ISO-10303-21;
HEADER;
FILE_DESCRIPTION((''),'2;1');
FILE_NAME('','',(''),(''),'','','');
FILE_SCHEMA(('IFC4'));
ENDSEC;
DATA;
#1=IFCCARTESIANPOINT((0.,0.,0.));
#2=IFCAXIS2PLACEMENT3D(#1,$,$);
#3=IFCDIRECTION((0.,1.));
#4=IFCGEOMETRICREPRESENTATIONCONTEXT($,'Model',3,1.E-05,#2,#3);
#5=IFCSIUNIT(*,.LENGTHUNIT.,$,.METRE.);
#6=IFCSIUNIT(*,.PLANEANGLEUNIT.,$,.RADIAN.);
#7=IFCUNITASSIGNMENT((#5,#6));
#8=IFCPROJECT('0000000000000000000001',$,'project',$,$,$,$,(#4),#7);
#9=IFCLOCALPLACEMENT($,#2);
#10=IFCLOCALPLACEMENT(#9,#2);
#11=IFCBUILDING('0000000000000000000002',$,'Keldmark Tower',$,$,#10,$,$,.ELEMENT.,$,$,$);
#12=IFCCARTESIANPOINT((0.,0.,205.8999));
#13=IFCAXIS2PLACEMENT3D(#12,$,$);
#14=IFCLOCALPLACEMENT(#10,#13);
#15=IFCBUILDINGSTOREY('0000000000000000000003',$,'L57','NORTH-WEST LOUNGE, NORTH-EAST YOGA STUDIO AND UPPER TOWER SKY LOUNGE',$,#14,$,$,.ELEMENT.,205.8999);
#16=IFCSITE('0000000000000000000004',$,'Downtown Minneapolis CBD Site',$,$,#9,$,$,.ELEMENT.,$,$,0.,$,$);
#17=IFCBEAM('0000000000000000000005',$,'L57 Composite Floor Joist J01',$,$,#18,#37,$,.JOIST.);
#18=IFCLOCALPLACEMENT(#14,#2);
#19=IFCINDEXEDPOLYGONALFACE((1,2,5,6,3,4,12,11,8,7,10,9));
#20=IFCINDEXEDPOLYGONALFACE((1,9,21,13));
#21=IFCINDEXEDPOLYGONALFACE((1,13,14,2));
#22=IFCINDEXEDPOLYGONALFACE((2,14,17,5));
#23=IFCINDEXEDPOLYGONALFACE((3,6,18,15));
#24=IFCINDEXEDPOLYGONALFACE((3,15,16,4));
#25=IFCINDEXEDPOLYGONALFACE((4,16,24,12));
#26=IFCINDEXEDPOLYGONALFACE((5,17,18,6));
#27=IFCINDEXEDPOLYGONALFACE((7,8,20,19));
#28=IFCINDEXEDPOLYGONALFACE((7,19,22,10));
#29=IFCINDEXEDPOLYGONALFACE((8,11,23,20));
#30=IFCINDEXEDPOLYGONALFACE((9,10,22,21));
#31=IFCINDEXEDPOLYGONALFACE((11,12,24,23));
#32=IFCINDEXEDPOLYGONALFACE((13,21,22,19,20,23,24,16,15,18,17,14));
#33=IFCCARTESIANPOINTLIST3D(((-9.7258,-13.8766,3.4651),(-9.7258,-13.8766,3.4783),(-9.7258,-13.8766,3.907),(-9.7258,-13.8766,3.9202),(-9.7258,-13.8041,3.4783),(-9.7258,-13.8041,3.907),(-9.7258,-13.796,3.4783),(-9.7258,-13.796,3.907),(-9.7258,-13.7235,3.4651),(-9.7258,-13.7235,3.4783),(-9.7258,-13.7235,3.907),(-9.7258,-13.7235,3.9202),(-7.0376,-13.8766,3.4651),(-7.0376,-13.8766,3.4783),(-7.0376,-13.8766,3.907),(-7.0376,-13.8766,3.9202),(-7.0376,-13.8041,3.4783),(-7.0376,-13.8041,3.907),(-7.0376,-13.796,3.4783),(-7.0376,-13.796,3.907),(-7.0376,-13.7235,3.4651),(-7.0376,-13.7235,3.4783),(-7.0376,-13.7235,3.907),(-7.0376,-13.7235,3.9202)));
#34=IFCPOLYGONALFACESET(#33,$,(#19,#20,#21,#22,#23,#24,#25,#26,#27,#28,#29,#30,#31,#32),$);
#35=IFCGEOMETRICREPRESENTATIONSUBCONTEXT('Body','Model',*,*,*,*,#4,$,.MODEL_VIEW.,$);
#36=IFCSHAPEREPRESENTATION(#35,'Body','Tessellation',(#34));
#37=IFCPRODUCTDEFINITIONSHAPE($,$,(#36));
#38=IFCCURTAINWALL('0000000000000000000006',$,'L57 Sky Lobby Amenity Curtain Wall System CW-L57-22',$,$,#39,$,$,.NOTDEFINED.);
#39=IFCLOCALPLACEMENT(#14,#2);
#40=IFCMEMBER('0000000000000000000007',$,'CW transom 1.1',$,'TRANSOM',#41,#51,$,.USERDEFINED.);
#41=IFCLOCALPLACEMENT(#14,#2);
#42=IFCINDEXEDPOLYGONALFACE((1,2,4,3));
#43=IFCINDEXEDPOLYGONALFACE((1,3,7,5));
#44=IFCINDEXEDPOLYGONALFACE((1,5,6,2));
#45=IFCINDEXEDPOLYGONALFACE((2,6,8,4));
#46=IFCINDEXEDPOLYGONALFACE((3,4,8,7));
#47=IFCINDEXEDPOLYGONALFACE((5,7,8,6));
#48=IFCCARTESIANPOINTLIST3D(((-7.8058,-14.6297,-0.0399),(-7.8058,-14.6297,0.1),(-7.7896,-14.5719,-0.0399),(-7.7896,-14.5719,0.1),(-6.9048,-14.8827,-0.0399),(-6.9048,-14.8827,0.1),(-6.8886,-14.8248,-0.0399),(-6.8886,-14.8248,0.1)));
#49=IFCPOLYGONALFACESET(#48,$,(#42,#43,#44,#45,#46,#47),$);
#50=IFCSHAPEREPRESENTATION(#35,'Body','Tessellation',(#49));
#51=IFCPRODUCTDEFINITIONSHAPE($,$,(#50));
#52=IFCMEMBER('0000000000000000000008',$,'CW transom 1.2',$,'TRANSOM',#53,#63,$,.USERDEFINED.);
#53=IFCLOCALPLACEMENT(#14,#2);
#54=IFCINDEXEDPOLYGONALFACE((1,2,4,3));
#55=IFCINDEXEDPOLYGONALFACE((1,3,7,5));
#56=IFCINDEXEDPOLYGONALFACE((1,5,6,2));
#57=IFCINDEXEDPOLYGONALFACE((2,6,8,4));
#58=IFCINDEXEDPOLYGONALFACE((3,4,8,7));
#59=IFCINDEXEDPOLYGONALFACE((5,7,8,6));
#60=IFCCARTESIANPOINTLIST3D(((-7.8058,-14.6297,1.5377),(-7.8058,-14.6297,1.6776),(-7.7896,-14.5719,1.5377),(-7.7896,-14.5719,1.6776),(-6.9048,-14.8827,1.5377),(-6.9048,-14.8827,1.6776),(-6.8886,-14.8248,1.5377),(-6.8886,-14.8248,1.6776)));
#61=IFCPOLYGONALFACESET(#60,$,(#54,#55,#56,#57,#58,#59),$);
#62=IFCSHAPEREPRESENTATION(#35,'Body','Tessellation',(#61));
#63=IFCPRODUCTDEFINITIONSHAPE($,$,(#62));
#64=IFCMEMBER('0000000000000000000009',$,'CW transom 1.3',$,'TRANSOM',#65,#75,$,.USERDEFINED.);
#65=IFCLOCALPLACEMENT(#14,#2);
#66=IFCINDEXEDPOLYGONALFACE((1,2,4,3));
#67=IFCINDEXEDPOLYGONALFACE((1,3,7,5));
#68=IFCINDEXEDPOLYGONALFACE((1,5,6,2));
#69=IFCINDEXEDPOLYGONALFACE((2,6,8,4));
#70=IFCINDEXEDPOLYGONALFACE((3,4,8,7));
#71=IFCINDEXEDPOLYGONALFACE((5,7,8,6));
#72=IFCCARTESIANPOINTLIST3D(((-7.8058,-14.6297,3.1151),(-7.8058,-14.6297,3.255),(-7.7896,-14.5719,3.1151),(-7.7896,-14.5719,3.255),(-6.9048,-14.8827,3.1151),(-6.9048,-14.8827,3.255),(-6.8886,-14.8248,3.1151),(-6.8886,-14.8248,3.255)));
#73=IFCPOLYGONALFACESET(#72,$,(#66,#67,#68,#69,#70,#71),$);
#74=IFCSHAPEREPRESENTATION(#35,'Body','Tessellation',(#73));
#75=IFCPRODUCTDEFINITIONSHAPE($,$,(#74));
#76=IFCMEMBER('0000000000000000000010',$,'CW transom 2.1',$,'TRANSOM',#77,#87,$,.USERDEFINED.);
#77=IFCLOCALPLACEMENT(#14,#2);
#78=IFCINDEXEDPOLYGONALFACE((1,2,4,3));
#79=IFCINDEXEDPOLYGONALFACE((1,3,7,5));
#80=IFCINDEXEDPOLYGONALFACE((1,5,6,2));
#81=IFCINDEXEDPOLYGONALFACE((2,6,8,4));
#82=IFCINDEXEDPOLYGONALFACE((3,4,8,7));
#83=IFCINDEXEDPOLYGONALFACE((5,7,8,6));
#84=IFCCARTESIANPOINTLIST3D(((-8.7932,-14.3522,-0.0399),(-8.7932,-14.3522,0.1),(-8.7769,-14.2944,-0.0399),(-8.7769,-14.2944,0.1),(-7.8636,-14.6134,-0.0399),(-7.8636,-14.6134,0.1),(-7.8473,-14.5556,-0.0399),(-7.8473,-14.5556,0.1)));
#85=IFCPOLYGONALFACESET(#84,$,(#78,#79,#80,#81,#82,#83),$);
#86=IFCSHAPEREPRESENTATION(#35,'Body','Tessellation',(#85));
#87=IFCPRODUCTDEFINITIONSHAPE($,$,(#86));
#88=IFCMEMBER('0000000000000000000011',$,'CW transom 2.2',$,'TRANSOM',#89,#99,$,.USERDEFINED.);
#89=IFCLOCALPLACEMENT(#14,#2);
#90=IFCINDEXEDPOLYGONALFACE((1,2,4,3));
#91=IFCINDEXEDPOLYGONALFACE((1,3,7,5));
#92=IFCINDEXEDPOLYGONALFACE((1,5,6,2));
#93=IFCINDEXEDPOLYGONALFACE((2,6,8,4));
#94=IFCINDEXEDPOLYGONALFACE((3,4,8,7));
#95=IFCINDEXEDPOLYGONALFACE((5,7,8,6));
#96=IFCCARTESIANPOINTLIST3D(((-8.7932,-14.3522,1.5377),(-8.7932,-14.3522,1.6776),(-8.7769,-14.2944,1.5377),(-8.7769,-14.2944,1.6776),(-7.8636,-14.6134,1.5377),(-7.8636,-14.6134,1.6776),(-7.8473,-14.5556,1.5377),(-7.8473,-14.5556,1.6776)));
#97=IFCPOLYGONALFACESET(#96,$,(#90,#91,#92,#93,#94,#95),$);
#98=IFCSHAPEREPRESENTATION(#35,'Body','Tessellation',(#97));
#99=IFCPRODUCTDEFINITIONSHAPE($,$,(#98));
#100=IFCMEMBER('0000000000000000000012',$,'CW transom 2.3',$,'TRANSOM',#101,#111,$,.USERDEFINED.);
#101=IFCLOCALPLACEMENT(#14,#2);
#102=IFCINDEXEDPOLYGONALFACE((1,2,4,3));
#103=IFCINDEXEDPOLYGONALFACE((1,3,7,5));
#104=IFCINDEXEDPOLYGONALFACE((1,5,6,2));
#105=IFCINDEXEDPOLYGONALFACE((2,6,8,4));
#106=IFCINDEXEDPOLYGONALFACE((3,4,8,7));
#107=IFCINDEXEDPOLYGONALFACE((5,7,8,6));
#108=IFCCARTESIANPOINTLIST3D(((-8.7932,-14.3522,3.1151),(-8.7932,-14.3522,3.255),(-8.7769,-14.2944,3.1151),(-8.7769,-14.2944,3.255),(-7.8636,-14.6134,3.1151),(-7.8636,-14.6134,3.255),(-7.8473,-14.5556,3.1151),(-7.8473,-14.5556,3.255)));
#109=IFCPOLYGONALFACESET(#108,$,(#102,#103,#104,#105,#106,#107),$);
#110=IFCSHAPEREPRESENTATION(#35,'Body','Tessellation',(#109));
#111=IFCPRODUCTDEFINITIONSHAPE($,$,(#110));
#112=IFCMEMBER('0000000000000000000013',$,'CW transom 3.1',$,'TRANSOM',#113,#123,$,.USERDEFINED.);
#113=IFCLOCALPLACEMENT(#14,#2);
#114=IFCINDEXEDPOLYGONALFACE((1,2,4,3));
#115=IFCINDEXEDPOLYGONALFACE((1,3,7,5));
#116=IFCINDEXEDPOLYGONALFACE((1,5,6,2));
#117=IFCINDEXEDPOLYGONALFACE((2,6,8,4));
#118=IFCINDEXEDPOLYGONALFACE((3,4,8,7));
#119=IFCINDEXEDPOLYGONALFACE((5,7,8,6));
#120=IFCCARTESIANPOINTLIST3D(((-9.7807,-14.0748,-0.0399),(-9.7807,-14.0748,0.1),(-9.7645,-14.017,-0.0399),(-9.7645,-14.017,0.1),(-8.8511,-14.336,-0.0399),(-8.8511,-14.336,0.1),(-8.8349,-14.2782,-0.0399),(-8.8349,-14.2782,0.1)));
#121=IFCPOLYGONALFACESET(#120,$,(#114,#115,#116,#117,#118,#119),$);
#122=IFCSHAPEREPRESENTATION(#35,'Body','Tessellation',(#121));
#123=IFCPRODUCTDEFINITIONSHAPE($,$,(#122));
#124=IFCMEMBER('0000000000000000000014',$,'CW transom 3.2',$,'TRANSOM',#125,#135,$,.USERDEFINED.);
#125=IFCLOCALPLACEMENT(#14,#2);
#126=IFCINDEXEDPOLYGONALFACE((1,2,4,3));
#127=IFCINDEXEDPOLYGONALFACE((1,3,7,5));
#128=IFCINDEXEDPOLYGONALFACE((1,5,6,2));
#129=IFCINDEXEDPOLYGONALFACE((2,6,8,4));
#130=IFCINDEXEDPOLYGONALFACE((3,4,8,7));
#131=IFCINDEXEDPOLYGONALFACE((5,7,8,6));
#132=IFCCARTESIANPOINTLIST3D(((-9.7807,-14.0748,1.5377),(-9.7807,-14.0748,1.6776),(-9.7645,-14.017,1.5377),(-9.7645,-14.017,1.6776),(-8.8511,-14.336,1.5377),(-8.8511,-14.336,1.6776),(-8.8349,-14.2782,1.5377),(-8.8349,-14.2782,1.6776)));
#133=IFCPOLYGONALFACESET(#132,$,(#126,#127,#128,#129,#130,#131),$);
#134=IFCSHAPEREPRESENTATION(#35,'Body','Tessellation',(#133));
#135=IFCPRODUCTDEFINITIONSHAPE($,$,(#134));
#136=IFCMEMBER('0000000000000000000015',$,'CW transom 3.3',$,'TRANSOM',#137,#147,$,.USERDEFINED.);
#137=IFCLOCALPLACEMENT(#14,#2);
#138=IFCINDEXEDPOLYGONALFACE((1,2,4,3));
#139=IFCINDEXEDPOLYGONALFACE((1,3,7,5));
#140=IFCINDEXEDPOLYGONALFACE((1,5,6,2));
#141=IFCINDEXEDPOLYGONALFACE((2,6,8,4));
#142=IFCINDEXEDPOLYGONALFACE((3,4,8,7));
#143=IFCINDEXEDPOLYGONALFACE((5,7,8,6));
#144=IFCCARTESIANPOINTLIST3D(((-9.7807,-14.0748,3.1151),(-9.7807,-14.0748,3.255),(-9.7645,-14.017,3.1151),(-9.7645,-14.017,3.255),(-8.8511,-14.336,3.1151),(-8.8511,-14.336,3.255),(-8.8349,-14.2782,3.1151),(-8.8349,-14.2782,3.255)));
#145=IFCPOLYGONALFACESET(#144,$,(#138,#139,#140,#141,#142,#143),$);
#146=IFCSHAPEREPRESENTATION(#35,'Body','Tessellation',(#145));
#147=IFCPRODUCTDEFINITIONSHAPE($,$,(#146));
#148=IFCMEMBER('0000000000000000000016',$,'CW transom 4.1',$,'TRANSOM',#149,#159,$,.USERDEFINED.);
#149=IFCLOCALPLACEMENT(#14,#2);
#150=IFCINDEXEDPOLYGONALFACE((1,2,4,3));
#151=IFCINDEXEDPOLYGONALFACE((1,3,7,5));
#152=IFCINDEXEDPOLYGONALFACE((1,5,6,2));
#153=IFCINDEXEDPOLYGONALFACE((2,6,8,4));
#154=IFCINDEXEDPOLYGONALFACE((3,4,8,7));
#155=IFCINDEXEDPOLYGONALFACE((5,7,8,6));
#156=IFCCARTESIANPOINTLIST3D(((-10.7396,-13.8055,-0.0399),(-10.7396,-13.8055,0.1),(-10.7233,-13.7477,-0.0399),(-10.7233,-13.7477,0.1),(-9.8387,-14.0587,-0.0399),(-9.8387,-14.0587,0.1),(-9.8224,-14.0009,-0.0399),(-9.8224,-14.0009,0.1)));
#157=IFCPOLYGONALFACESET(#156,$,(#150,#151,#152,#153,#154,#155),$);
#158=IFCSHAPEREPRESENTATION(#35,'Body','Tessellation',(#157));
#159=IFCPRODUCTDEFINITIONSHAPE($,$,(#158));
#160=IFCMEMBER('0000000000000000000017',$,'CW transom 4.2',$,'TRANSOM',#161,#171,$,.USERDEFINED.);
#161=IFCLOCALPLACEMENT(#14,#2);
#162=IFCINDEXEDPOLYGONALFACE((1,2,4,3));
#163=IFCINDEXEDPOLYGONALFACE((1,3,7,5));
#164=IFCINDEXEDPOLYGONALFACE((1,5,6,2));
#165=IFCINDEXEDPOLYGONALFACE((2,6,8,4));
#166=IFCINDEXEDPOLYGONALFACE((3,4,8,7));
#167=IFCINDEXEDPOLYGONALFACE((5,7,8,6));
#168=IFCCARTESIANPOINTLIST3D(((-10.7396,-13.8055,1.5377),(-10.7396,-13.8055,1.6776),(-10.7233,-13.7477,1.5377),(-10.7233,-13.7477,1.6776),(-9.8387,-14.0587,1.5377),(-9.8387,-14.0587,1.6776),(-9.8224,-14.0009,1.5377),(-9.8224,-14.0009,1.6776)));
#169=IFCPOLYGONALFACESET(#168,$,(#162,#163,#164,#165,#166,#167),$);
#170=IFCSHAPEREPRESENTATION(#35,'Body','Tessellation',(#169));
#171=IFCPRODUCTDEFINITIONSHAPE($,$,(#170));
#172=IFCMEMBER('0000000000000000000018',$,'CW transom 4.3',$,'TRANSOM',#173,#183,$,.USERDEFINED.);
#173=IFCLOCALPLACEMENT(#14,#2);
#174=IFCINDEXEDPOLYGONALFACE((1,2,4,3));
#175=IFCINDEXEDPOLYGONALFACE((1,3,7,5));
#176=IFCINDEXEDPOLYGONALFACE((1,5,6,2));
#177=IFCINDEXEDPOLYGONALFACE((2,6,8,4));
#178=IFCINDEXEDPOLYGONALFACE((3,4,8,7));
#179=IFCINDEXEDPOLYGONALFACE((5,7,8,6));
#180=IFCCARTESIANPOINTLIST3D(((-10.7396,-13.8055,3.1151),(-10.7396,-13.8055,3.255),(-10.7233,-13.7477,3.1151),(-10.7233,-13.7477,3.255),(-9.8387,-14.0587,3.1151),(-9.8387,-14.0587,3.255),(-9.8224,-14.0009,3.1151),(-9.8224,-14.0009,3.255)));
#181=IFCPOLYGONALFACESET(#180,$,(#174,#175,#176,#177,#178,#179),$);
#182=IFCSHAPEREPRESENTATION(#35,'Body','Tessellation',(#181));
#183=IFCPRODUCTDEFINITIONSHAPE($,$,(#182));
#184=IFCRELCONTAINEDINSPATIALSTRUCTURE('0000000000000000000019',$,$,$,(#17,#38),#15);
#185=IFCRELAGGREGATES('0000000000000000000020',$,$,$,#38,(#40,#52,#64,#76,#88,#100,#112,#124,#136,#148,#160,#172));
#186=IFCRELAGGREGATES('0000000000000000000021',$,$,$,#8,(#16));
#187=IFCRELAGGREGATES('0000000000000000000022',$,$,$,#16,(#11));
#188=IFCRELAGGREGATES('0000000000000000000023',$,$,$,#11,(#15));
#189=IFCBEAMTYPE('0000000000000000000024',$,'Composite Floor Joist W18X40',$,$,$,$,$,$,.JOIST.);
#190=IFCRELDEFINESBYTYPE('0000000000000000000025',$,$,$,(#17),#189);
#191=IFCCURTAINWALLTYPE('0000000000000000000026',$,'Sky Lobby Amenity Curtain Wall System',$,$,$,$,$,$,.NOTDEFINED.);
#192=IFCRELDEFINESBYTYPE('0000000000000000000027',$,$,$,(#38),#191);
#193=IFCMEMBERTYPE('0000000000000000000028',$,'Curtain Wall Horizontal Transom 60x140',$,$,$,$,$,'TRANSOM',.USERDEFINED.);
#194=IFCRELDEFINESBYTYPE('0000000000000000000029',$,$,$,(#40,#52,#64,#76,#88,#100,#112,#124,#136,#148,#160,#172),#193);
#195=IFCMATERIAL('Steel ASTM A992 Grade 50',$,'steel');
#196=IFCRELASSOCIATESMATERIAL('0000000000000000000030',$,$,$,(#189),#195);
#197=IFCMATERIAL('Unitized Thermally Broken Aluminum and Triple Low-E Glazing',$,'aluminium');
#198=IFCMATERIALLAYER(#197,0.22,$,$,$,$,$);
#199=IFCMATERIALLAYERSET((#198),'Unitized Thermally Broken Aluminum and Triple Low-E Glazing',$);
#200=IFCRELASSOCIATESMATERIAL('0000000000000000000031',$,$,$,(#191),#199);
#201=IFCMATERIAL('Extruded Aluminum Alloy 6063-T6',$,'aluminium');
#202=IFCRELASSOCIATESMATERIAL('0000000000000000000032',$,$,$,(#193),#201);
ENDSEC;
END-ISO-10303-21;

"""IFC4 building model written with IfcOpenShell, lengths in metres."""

from ifc_helpers import new_model, si_unit, direction, frame, origin, origin_2d, place, context, subcontext, project, spatial, rectangle, i_section, extrude, material, layer, layer_set, material_profile, profile_set, type_object, element, aggregate, save


model = new_model("IFC4")

# Units and contexts
model_context = context("Model", 3, precision=1e-05, world=origin(), true_north=direction((0.0, 1.0)))
body_context = subcontext(model_context, "Body", "Model", "MODEL_VIEW")
ifc_project = project(units=[si_unit("LENGTHUNIT", "METRE"), si_unit("PLANEANGLEUNIT", "RADIAN")], contexts=[model_context])

# Site, building, storey
site_placement = place(None, origin())
site = spatial("IfcSite", under=ifc_project, at=site_placement, Name="Downtown Minneapolis CBD Site", CompositionType="ELEMENT", RefElevation=0.0)
building_placement = place(site_placement, origin())
building = spatial("IfcBuilding", under=site, at=building_placement, Name="Keldmark Tower", CompositionType="ELEMENT")
storey_placement = place(building_placement, frame((0.0, 0.0, 205.8999)))
storey = spatial("IfcBuildingStorey", under=building, at=storey_placement, Name="L57", Description="NORTH-WEST LOUNGE, NORTH-EAST YOGA STUDIO AND UPPER TOWER SKY LOUNGE", CompositionType="ELEMENT", Elevation=205.8999)

# Beam
ifc_material_1 = material(Name="Steel ASTM A992 Grade 50", Category="steel")
ifc_material_profile_1 = material_profile(ifc_material_1, i_section(OverallWidth=0.1531, OverallDepth=0.4551, WebThickness=0.0081, FlangeThickness=0.0132, at=origin_2d()), Name="W18X40")
ifc_profile_set_1 = profile_set([ifc_material_profile_1], Name="Steel ASTM A992 Grade 50")
beam_type_1 = type_object("IfcBeamType", Name="Composite Floor Joist W18X40", PredefinedType="JOIST", material=ifc_profile_set_1)
beam_1_placement = place(storey_placement, frame((-9.7258, -13.8, 3.6926), z_axis=(1.0, 0.0, 0.0), x_axis=(0.0, 1.0, 0.0)))
element("IfcBeam", 1, at=beam_1_placement, inside=storey, type_object=beam_type_1, Name="L57 Composite Floor Joist J01", PredefinedType="JOIST", context=body_context, shape_type="SweptSolid", body=[
    extrude(i_section(OverallWidth=0.1531, OverallDepth=0.4551, WebThickness=0.0081, FlangeThickness=0.0132, at=origin_2d()), origin(), (0.0, 0.0, 1.0), 2.6882),
])

# Curtain wall, members
ifc_material_2 = material(Name="Unitized Thermally Broken Aluminum and Triple Low-E Glazing", Category="aluminium")
ifc_layer_1 = layer(ifc_material_2, 0.22)
ifc_layer_set_1 = layer_set([ifc_layer_1], Name="Unitized Thermally Broken Aluminum and Triple Low-E Glazing")
curtain_wall_type = type_object("IfcCurtainWallType", Name="Sky Lobby Amenity Curtain Wall System", PredefinedType="NOTDEFINED", material=ifc_layer_set_1)
curtain_wall_placement = place(storey_placement, origin())
curtain_wall = element("IfcCurtainWall", 2, at=curtain_wall_placement, inside=storey, type_object=curtain_wall_type, Name="L57 Sky Lobby Amenity Curtain Wall System CW-L57-22", PredefinedType="NOTDEFINED")
ifc_material_3 = material(Name="Extruded Aluminum Alloy 6063-T6", Category="aluminium")
ifc_material_profile_2 = material_profile(ifc_material_3, rectangle(XDim=0.0601, YDim=0.1399, at=origin_2d()), Name="CWT60X140")
ifc_profile_set_2 = profile_set([ifc_material_profile_2], Name="Extruded Aluminum Alloy 6063-T6")
member_type_1 = type_object("IfcMemberType", Name="Curtain Wall Horizontal Transom 60x140", ElementType="TRANSOM", PredefinedType="USERDEFINED", material=ifc_profile_set_2)
member_1_placement = place(storey_placement, frame((-6.8967, -14.8538, 0.03), z_axis=(-0.962774, 0.270307, 0.0), x_axis=(-0.270307, -0.962774, 0.0)))
member_1 = element("IfcMember", 3, at=member_1_placement, type_object=member_type_1, Name="CW transom 1.1", ObjectType="TRANSOM", PredefinedType="USERDEFINED", context=body_context, shape_type="SweptSolid", body=[
    extrude(rectangle(XDim=0.0601, YDim=0.1399, at=origin_2d()), origin(), (0.0, 0.0, 1.0), 0.9358),
])
member_2_placement = place(storey_placement, frame((-6.8967, -14.8538, 1.6077), z_axis=(-0.962774, 0.270307, 0.0), x_axis=(-0.270307, -0.962774, 0.0)))
member_2 = element("IfcMember", 4, at=member_2_placement, type_object=member_type_1, Name="CW transom 1.2", ObjectType="TRANSOM", PredefinedType="USERDEFINED", context=body_context, shape_type="SweptSolid", body=[
    extrude(rectangle(XDim=0.0601, YDim=0.1399, at=origin_2d()), origin(), (0.0, 0.0, 1.0), 0.9358),
])
member_3_placement = place(storey_placement, frame((-6.8967, -14.8538, 3.1851), z_axis=(-0.962774, 0.270307, 0.0), x_axis=(-0.270307, -0.962774, 0.0)))
member_3 = element("IfcMember", 5, at=member_3_placement, type_object=member_type_1, Name="CW transom 1.3", ObjectType="TRANSOM", PredefinedType="USERDEFINED", context=body_context, shape_type="SweptSolid", body=[
    extrude(rectangle(XDim=0.0601, YDim=0.1399, at=origin_2d()), origin(), (0.0, 0.0, 1.0), 0.9358),
])
member_4_placement = place(storey_placement, frame((-7.8555, -14.5845, 0.03), z_axis=(-0.962717, 0.270511, 0.0), x_axis=(-0.270511, -0.962717, 0.0)))
member_4 = element("IfcMember", 6, at=member_4_placement, type_object=member_type_1, Name="CW transom 2.1", ObjectType="TRANSOM", PredefinedType="USERDEFINED", context=body_context, shape_type="SweptSolid", body=[
    extrude(rectangle(XDim=0.0601, YDim=0.1399, at=origin_2d()), origin(), (0.0, 0.0, 1.0), 0.9656),
])
member_5_placement = place(storey_placement, frame((-7.8555, -14.5845, 1.6077), z_axis=(-0.962717, 0.270511, 0.0), x_axis=(-0.270511, -0.962717, 0.0)))
member_5 = element("IfcMember", 7, at=member_5_placement, type_object=member_type_1, Name="CW transom 2.2", ObjectType="TRANSOM", PredefinedType="USERDEFINED", context=body_context, shape_type="SweptSolid", body=[
    extrude(rectangle(XDim=0.0601, YDim=0.1399, at=origin_2d()), origin(), (0.0, 0.0, 1.0), 0.9656),
])
member_6_placement = place(storey_placement, frame((-7.8555, -14.5845, 3.1851), z_axis=(-0.962717, 0.270511, 0.0), x_axis=(-0.270511, -0.962717, 0.0)))
member_6 = element("IfcMember", 8, at=member_6_placement, type_object=member_type_1, Name="CW transom 2.3", ObjectType="TRANSOM", PredefinedType="USERDEFINED", context=body_context, shape_type="SweptSolid", body=[
    extrude(rectangle(XDim=0.0601, YDim=0.1399, at=origin_2d()), origin(), (0.0, 0.0, 1.0), 0.9656),
])
member_7_placement = place(storey_placement, frame((-8.843, -14.3071, 0.03), z_axis=(-0.962717, 0.270511, 0.0), x_axis=(-0.270511, -0.962717, 0.0)))
member_7 = element("IfcMember", 9, at=member_7_placement, type_object=member_type_1, Name="CW transom 3.1", ObjectType="TRANSOM", PredefinedType="USERDEFINED", context=body_context, shape_type="SweptSolid", body=[
    extrude(rectangle(XDim=0.0601, YDim=0.1399, at=origin_2d()), origin(), (0.0, 0.0, 1.0), 0.9656),
])
member_8_placement = place(storey_placement, frame((-8.843, -14.3071, 1.6077), z_axis=(-0.962717, 0.270511, 0.0), x_axis=(-0.270511, -0.962717, 0.0)))
member_8 = element("IfcMember", 10, at=member_8_placement, type_object=member_type_1, Name="CW transom 3.2", ObjectType="TRANSOM", PredefinedType="USERDEFINED", context=body_context, shape_type="SweptSolid", body=[
    extrude(rectangle(XDim=0.0601, YDim=0.1399, at=origin_2d()), origin(), (0.0, 0.0, 1.0), 0.9656),
])
member_9_placement = place(storey_placement, frame((-8.843, -14.3071, 3.1851), z_axis=(-0.962717, 0.270511, 0.0), x_axis=(-0.270511, -0.962717, 0.0)))
member_9 = element("IfcMember", 11, at=member_9_placement, type_object=member_type_1, Name="CW transom 3.3", ObjectType="TRANSOM", PredefinedType="USERDEFINED", context=body_context, shape_type="SweptSolid", body=[
    extrude(rectangle(XDim=0.0601, YDim=0.1399, at=origin_2d()), origin(), (0.0, 0.0, 1.0), 0.9656),
])
member_10_placement = place(storey_placement, frame((-9.8306, -14.0298, 0.03), z_axis=(-0.962706, 0.270549, 0.0), x_axis=(-0.270549, -0.962706, 0.0)))
member_10 = element("IfcMember", 12, at=member_10_placement, type_object=member_type_1, Name="CW transom 4.1", ObjectType="TRANSOM", PredefinedType="USERDEFINED", context=body_context, shape_type="SweptSolid", body=[
    extrude(rectangle(XDim=0.0601, YDim=0.1399, at=origin_2d()), origin(), (0.0, 0.0, 1.0), 0.9358),
])
member_11_placement = place(storey_placement, frame((-9.8306, -14.0298, 1.6077), z_axis=(-0.962706, 0.270549, 0.0), x_axis=(-0.270549, -0.962706, 0.0)))
member_11 = element("IfcMember", 13, at=member_11_placement, type_object=member_type_1, Name="CW transom 4.2", ObjectType="TRANSOM", PredefinedType="USERDEFINED", context=body_context, shape_type="SweptSolid", body=[
    extrude(rectangle(XDim=0.0601, YDim=0.1399, at=origin_2d()), origin(), (0.0, 0.0, 1.0), 0.9358),
])
member_12_placement = place(storey_placement, frame((-9.8306, -14.0298, 3.1851), z_axis=(-0.962706, 0.270549, 0.0), x_axis=(-0.270549, -0.962706, 0.0)))
member_12 = element("IfcMember", 14, at=member_12_placement, type_object=member_type_1, Name="CW transom 4.3", ObjectType="TRANSOM", PredefinedType="USERDEFINED", context=body_context, shape_type="SweptSolid", body=[
    extrude(rectangle(XDim=0.0601, YDim=0.1399, at=origin_2d()), origin(), (0.0, 0.0, 1.0), 0.9358),
])

aggregate(curtain_wall, [member_1, member_2, member_3, member_4, member_5, member_6, member_7, member_8, member_9, member_10, member_11, member_12])

save(model, "model.ifc")
